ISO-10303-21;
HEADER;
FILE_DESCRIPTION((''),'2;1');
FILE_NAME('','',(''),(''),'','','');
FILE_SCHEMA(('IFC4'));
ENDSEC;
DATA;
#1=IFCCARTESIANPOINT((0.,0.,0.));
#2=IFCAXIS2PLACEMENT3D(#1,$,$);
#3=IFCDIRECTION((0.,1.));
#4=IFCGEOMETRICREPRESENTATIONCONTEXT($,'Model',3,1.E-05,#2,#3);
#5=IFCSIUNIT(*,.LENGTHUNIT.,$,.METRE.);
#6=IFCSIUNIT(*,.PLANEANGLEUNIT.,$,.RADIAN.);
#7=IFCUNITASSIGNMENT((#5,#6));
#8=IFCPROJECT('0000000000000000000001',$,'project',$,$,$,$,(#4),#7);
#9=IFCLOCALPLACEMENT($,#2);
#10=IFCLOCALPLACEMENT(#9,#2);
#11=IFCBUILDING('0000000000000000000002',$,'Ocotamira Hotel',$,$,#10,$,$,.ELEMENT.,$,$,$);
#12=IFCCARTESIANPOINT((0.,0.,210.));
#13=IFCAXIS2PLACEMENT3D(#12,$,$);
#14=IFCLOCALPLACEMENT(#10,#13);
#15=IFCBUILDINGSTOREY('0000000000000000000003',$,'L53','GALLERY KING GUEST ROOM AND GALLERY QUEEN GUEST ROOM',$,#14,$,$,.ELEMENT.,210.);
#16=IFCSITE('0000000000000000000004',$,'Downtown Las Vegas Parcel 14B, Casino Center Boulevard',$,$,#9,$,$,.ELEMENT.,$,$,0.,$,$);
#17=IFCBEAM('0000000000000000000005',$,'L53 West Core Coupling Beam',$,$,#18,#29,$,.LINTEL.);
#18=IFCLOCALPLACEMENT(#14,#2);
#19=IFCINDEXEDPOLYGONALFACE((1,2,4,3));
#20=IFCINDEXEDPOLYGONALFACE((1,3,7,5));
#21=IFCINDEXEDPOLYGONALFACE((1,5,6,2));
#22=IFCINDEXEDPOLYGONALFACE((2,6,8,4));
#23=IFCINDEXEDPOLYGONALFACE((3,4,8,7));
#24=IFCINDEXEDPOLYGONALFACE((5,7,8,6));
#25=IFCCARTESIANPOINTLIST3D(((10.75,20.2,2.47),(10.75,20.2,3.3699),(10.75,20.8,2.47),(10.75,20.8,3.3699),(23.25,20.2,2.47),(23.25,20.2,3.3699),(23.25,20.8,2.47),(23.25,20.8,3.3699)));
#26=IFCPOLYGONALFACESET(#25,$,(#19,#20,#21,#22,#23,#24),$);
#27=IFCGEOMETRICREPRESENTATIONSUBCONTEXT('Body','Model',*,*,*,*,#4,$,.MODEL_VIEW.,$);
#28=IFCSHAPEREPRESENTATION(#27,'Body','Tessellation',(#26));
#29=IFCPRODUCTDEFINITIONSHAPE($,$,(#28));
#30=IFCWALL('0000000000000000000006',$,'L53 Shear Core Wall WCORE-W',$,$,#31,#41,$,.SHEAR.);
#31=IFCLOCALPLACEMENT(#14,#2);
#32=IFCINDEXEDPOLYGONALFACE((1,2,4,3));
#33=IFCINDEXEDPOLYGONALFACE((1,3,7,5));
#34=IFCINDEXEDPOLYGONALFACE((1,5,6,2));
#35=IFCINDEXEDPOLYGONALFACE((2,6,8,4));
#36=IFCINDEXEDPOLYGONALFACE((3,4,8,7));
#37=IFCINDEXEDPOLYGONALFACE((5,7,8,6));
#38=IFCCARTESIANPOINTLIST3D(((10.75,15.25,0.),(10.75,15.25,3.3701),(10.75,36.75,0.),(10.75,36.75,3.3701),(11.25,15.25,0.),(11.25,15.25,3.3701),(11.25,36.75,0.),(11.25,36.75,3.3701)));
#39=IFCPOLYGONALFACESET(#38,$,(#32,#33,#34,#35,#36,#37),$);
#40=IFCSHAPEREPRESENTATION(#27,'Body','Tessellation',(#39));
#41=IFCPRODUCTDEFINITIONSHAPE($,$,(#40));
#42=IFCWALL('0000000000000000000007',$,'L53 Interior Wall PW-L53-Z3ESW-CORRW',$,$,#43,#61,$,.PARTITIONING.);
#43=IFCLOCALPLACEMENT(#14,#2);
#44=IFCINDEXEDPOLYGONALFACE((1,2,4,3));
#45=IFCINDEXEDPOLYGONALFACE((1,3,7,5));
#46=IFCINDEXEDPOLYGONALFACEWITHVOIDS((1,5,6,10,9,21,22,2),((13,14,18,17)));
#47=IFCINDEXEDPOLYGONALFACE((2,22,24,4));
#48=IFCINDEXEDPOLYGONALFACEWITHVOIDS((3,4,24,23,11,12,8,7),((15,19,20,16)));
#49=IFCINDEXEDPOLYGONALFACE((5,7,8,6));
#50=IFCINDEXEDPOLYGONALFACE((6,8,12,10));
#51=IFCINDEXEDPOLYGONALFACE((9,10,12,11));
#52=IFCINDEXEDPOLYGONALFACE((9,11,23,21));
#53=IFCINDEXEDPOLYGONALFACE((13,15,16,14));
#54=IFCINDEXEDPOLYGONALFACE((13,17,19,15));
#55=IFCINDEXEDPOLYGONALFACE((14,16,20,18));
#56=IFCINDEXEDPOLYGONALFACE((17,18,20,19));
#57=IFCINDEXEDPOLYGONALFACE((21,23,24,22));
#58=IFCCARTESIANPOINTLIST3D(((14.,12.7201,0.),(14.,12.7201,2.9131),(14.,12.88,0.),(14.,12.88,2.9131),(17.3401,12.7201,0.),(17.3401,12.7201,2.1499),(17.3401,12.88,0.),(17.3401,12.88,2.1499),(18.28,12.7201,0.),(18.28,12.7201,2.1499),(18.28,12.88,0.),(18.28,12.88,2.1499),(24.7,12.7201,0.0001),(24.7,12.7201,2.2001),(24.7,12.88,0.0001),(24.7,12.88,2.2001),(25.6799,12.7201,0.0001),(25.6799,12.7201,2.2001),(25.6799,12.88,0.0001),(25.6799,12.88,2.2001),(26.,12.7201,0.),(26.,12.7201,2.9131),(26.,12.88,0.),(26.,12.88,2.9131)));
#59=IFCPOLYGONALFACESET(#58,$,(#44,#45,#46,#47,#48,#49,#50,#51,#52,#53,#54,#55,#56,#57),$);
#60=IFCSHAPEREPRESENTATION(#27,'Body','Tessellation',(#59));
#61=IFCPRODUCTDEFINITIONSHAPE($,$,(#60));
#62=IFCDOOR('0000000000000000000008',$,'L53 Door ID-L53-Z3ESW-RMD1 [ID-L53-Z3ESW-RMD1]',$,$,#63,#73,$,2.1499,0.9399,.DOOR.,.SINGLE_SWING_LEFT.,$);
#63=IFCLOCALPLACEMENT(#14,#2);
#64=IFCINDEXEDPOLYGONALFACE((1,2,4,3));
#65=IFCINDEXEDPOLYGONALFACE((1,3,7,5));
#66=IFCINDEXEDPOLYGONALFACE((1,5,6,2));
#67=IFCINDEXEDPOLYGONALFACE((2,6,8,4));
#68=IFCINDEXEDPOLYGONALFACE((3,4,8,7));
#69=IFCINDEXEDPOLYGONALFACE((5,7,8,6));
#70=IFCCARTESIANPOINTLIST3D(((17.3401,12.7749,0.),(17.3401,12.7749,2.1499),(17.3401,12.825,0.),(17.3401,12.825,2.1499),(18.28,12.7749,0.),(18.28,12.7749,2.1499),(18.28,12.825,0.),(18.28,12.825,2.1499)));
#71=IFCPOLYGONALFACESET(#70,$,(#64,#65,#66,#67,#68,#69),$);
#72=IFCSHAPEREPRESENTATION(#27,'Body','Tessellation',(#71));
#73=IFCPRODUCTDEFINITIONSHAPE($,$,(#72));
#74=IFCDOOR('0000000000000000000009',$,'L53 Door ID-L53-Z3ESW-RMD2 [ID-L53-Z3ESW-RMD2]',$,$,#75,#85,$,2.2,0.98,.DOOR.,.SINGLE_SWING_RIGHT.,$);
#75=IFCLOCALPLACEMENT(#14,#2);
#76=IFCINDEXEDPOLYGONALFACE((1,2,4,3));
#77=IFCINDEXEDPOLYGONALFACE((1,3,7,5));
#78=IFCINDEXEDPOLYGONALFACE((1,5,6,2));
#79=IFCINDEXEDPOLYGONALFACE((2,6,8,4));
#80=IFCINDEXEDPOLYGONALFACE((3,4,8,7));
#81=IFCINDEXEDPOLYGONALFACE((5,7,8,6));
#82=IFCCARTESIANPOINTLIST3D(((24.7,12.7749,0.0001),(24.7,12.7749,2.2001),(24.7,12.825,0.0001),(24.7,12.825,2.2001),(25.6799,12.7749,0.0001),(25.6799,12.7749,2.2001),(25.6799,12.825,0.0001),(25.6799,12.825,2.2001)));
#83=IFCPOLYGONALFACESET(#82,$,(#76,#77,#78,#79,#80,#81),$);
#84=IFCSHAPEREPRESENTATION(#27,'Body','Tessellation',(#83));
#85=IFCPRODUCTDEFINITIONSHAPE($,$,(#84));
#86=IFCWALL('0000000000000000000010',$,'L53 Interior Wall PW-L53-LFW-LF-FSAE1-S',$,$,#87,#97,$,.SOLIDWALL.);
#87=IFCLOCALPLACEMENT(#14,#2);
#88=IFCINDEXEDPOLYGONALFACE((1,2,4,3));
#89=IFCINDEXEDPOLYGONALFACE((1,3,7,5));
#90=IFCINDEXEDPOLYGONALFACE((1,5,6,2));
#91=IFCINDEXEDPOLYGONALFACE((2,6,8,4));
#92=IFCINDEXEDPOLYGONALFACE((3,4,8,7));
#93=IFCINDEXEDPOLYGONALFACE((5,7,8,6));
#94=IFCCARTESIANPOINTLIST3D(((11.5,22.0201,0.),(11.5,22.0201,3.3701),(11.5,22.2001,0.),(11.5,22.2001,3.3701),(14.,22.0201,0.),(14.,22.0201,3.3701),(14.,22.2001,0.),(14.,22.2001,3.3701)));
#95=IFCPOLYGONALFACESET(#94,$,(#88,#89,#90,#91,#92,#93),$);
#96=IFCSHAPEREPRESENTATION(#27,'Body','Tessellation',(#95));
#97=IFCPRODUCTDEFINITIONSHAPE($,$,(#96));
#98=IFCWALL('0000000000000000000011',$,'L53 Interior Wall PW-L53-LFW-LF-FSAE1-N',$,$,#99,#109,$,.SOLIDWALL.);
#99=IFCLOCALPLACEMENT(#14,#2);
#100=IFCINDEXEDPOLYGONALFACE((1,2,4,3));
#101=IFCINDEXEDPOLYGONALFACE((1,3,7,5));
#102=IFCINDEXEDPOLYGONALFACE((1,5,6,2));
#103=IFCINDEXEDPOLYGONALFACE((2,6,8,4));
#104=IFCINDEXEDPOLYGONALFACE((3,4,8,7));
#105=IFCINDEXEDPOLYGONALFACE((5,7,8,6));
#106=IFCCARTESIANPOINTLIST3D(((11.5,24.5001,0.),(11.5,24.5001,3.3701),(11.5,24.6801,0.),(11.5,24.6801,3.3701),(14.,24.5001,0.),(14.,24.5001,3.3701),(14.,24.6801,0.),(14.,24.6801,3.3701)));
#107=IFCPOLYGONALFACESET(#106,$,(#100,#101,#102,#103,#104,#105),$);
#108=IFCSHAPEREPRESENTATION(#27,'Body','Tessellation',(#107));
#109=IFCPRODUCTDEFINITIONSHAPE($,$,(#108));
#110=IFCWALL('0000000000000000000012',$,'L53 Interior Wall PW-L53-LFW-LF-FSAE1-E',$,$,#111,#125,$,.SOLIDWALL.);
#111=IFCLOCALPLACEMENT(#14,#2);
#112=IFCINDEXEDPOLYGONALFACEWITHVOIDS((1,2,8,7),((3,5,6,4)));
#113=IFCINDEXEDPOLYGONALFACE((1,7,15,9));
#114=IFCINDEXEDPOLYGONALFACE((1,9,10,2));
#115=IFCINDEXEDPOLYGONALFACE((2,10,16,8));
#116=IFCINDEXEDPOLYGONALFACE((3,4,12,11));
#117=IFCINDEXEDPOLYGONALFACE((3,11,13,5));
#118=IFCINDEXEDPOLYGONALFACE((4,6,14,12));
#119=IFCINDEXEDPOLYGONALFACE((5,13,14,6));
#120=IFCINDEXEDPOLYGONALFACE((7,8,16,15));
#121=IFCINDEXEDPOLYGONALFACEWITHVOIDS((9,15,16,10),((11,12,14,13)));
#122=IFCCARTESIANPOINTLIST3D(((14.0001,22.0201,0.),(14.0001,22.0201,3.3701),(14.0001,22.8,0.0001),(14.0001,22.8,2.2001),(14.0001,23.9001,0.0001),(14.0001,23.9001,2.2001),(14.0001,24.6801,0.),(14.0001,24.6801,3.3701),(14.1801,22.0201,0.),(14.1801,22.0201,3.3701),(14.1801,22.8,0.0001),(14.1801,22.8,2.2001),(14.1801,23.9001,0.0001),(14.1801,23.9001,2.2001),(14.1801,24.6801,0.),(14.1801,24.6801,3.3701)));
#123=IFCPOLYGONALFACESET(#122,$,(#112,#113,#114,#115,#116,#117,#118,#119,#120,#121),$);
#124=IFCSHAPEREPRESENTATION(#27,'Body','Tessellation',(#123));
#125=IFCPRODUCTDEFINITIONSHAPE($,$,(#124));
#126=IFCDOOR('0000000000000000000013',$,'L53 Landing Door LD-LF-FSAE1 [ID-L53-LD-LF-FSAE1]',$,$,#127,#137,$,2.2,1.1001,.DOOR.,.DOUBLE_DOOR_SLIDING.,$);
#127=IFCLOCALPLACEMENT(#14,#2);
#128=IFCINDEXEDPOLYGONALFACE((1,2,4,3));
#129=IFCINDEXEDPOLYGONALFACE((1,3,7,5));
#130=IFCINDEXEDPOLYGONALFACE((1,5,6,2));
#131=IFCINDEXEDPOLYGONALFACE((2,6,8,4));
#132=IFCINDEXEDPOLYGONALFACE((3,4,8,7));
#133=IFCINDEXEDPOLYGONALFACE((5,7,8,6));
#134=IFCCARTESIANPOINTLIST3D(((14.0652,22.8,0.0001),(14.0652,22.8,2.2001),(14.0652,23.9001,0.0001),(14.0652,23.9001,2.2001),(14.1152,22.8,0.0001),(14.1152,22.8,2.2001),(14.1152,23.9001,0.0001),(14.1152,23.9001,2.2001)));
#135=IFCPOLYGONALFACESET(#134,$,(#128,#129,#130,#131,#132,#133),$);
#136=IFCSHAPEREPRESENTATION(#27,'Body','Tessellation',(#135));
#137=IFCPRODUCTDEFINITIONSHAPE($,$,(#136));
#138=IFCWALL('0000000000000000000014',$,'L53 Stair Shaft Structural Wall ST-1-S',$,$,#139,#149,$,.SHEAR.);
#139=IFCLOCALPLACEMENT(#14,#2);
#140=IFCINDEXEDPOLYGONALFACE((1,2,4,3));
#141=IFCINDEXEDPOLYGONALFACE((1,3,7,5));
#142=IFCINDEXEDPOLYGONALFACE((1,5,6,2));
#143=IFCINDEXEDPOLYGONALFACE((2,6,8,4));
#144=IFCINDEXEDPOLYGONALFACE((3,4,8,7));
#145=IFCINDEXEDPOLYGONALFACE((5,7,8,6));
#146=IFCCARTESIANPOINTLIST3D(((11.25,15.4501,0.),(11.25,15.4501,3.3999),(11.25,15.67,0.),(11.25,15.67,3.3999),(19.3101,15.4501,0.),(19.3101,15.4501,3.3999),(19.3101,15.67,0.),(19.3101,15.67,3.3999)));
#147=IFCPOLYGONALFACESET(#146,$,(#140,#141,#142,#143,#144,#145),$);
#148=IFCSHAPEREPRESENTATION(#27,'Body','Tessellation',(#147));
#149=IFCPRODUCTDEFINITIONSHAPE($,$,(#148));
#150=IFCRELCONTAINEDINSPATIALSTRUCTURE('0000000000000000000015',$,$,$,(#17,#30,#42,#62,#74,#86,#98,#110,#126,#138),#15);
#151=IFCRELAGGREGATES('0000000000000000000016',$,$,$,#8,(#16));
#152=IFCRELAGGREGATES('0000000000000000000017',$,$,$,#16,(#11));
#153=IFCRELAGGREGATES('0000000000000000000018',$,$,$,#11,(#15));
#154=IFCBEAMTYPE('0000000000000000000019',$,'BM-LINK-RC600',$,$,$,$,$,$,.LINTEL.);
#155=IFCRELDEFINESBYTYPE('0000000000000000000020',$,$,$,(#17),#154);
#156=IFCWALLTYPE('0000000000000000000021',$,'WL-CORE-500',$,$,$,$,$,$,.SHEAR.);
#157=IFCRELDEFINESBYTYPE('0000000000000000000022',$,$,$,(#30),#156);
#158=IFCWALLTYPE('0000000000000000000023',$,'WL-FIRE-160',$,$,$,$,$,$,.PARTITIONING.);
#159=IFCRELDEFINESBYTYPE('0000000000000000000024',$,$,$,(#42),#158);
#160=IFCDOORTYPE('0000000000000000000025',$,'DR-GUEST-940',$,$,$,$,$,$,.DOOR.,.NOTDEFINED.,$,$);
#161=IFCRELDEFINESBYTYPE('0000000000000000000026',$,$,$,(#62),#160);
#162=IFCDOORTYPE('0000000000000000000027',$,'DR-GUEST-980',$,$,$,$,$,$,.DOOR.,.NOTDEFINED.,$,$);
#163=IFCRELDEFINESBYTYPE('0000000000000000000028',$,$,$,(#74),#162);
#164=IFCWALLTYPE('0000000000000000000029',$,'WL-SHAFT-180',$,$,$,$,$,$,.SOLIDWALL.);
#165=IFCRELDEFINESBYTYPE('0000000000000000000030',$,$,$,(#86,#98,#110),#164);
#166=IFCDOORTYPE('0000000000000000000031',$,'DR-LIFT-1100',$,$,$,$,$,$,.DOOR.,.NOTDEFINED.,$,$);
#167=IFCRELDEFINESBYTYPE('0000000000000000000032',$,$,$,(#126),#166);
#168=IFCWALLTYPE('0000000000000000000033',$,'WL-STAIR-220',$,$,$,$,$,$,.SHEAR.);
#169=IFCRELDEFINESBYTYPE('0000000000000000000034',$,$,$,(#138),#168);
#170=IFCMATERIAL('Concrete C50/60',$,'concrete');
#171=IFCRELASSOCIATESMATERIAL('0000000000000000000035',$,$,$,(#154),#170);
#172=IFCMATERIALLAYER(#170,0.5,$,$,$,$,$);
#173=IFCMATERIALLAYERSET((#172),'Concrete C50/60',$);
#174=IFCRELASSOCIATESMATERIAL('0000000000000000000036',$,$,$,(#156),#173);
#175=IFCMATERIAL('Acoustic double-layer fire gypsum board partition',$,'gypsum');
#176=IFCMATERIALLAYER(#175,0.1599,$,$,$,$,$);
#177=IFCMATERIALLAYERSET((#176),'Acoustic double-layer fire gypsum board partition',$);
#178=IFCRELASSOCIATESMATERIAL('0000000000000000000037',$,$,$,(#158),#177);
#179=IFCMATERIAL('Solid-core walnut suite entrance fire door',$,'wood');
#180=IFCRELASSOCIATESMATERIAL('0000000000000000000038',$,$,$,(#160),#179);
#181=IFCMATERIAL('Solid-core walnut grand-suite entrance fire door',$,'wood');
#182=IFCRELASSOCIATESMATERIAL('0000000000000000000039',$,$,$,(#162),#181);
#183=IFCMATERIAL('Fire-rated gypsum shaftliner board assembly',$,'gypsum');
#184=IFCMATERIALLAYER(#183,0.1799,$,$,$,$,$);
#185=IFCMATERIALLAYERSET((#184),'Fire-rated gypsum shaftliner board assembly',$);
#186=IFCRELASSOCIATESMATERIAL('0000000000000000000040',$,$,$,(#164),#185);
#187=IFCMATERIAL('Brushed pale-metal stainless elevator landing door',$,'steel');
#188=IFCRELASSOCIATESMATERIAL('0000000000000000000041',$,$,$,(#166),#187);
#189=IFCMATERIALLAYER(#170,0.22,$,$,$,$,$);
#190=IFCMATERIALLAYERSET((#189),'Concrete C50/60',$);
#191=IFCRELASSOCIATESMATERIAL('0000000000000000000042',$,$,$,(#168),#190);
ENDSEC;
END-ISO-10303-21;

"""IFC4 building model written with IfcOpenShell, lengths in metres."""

from ifc_helpers import new_model, si_unit, direction, frame, frame_2d, origin, origin_2d, place, context, subcontext, project, spatial, rectangle, extrude, source, transform, mapped, material, layer, layer_set, material_profile, profile_set, type_object, element, fill, save


model = new_model("IFC4")

# Units and contexts
model_context = context("Model", 3, precision=1e-05, world=origin(), true_north=direction((0.0, 1.0)))
body_context = subcontext(model_context, "Body", "Model", "MODEL_VIEW")
ifc_project = project(units=[si_unit("LENGTHUNIT", "METRE"), si_unit("PLANEANGLEUNIT", "RADIAN")], contexts=[model_context])

# Site, building, storey
site_placement = place(None, origin())
site = spatial("IfcSite", under=ifc_project, at=site_placement, Name="Downtown Las Vegas Parcel 14B, Casino Center Boulevard", CompositionType="ELEMENT", RefElevation=0.0)
building_placement = place(site_placement, origin())
building = spatial("IfcBuilding", under=site, at=building_placement, Name="Ocotamira Hotel", CompositionType="ELEMENT")
storey_placement = place(building_placement, frame((0.0, 0.0, 210.0)))
storey = spatial("IfcBuildingStorey", under=building, at=storey_placement, Name="L53", Description="GALLERY KING GUEST ROOM AND GALLERY QUEEN GUEST ROOM", CompositionType="ELEMENT", Elevation=210.0)

# Beam
ifc_material_1 = material(Name="Concrete C50/60", Category="concrete")
ifc_material_profile = material_profile(ifc_material_1, rectangle(XDim=0.6001, YDim=0.8999, at=origin_2d()), Name="RC600X900")
ifc_profile_set = profile_set([ifc_material_profile], Name="Concrete C50/60")
beam_type = type_object("IfcBeamType", Name="BM-LINK-RC600", PredefinedType="LINTEL", material=ifc_profile_set)
shared_shape_1 = source(origin(), body_context, "Body", "SweptSolid", [
    extrude(rectangle(XDim=0.6001, YDim=0.8999, at=origin_2d()), origin(), (0.0, 0.0, 1.0), 12.5),
])
beam_placement = place(storey_placement, frame((10.75, 20.5, 2.9199), z_axis=(1.0, 0.0, 0.0), x_axis=(0.0, 1.0, 0.0)))
element("IfcBeam", 1, at=beam_placement, inside=storey, type_object=beam_type, Name="L53 West Core Coupling Beam", PredefinedType="LINTEL", context=body_context, shape_type="MappedRepresentation", body=[
    mapped(shared_shape_1, transform((0.0, 0.0, 0.0), scale=1.0)),
])

# Wall
ifc_layer_1 = layer(ifc_material_1, 0.5)
ifc_layer_set_1 = layer_set([ifc_layer_1], Name="Concrete C50/60")
wall_type_1 = type_object("IfcWallType", Name="WL-CORE-500", PredefinedType="SHEAR", material=ifc_layer_set_1)
wall_1_placement = place(storey_placement, frame((11.0, 15.25, 0.0), z_axis=(0.0, 0.0, 1.0), x_axis=(0.0, 1.0, 0.0)))
element("IfcWall", 2, at=wall_1_placement, inside=storey, type_object=wall_type_1, Name="L53 Shear Core Wall WCORE-W", PredefinedType="SHEAR", context=body_context, shape_type="SweptSolid", body=[
    extrude(rectangle(XDim=21.5, YDim=0.5, at=frame_2d((10.75, 0.0))), origin(), (0.0, 0.0, 1.0), 3.3701),
])

# Shared definitions
ifc_material_2 = material(Name="Acoustic double-layer fire gypsum board partition", Category="gypsum")
ifc_layer_2 = layer(ifc_material_2, 0.1599)
ifc_layer_set_2 = layer_set([ifc_layer_2], Name="Acoustic double-layer fire gypsum board partition")
wall_type_2 = type_object("IfcWallType", Name="WL-FIRE-160", PredefinedType="PARTITIONING", material=ifc_layer_set_2)

# Wall, openings, doors
wall_2_placement = place(storey_placement, frame((14.0, 12.8, 0.0), z_axis=(0.0, 0.0, 1.0), x_axis=(1.0, 0.0, 0.0)))
wall_2 = element("IfcWall", 3, at=wall_2_placement, inside=storey, type_object=wall_type_2, Name="L53 Interior Wall PW-L53-Z3ESW-CORRW", PredefinedType="PARTITIONING", context=body_context, shape_type="SweptSolid", body=[
    extrude(rectangle(XDim=12.0, YDim=0.1599, at=frame_2d((6.0, 0.0))), origin(), (0.0, 0.0, 1.0), 2.9131),
])
opening_1_placement = place(wall_2_placement, frame((3.3401, 0.0, 0.0)))
opening_1 = element("IfcOpeningElement", 4, at=opening_1_placement, cuts=wall_2, PredefinedType="OPENING", context=body_context, shape_type="SweptSolid", body=[
    extrude(rectangle(XDim=0.9399, YDim=2.1499, at=frame_2d((0.47, 1.075))), frame((0.0, 0.0898, 0.0), z_axis=(0.0, -1.0, 0.0), x_axis=(1.0, 0.0, 0.0)), (0.0, 0.0, 1.0), 0.1799),
])
opening_2_placement = place(wall_2_placement, frame((10.7, 0.0, 0.0)))
opening_2 = element("IfcOpeningElement", 5, at=opening_2_placement, cuts=wall_2, PredefinedType="OPENING", context=body_context, shape_type="SweptSolid", body=[
    extrude(rectangle(XDim=0.98, YDim=2.2, at=frame_2d((0.49, 1.1001))), frame((0.0, 0.0898, 0.0), z_axis=(0.0, -1.0, 0.0), x_axis=(1.0, 0.0, 0.0)), (0.0, 0.0, 1.0), 0.1799),
])
ifc_material_3 = material(Name="Solid-core walnut suite entrance fire door", Category="wood")
door_type_1 = type_object("IfcDoorType", Name="DR-GUEST-940", OperationType="NOTDEFINED", PredefinedType="DOOR", material=ifc_material_3)
shared_shape_2 = source(origin(), body_context, "Body", "SweptSolid", [
    extrude(rectangle(XDim=0.9399, YDim=2.1499, at=frame_2d((0.47, 1.075))), frame((0.0, 0.0249, 0.0), z_axis=(0.0, -1.0, 0.0), x_axis=(1.0, 0.0, 0.0)), (0.0, 0.0, 1.0), 0.05),
])
door_1_placement = place(opening_1_placement, origin())
door_1 = element("IfcDoor", 6, at=door_1_placement, inside=storey, type_object=door_type_1, Name="L53 Door ID-L53-Z3ESW-RMD1 [ID-L53-Z3ESW-RMD1]", OperationType="SINGLE_SWING_LEFT", OverallHeight=2.1499, OverallWidth=0.9399, PredefinedType="DOOR", context=body_context, shape_type="MappedRepresentation", body=[
    mapped(shared_shape_2, transform((0.0, 0.0, 0.0), scale=1.0)),
])
fill(opening_1, door_1)
ifc_material_4 = material(Name="Solid-core walnut grand-suite entrance fire door", Category="wood")
door_type_2 = type_object("IfcDoorType", Name="DR-GUEST-980", OperationType="NOTDEFINED", PredefinedType="DOOR", material=ifc_material_4)
shared_shape_3 = source(origin(), body_context, "Body", "SweptSolid", [
    extrude(rectangle(XDim=0.98, YDim=2.2, at=frame_2d((0.49, 1.1001))), frame((0.0, 0.0249, 0.0), z_axis=(0.0, -1.0, 0.0), x_axis=(1.0, 0.0, 0.0)), (0.0, 0.0, 1.0), 0.05),
])
door_2_placement = place(opening_2_placement, origin())
door_2 = element("IfcDoor", 7, at=door_2_placement, inside=storey, type_object=door_type_2, Name="L53 Door ID-L53-Z3ESW-RMD2 [ID-L53-Z3ESW-RMD2]", OperationType="SINGLE_SWING_RIGHT", OverallHeight=2.2, OverallWidth=0.98, PredefinedType="DOOR", context=body_context, shape_type="MappedRepresentation", body=[
    mapped(shared_shape_3, transform((0.0, 0.0, 0.0), scale=1.0)),
])
fill(opening_2, door_2)

# Walls
ifc_material_5 = material(Name="Fire-rated gypsum shaftliner board assembly", Category="gypsum")
ifc_layer_3 = layer(ifc_material_5, 0.1799)
ifc_layer_set_3 = layer_set([ifc_layer_3], Name="Fire-rated gypsum shaftliner board assembly")
wall_type_3 = type_object("IfcWallType", Name="WL-SHAFT-180", PredefinedType="SOLIDWALL", material=ifc_layer_set_3)
for number, where, z_axis, x_axis, name in (
    (8, (11.5, 22.1101, 0.0), (0.0, 0.0, 1.0), (1.0, 0.0, 0.0), "L53 Interior Wall PW-L53-LFW-LF-FSAE1-S"),
    (9, (11.5, 24.5901, 0.0), (0.0, 0.0, 1.0), (1.0, 0.0, 0.0), "L53 Interior Wall PW-L53-LFW-LF-FSAE1-N"),
):
    element("IfcWall", number, at=place(storey_placement, frame(where, z_axis=z_axis, x_axis=x_axis)), inside=storey, type_object=wall_type_3, Name=name, PredefinedType="SOLIDWALL", context=body_context, shape_type="SweptSolid", body=[
        extrude(rectangle(XDim=2.5, YDim=0.1799, at=frame_2d((1.25, 0.0))), origin(), (0.0, 0.0, 1.0), 3.3701),
    ])

# Wall, opening, door
wall_3_placement = place(storey_placement, frame((14.0901, 22.02, 0.0), z_axis=(0.0, 0.0, 1.0), x_axis=(0.0, 1.0, 0.0)))
wall_3 = element("IfcWall", 10, at=wall_3_placement, inside=storey, type_object=wall_type_3, Name="L53 Interior Wall PW-L53-LFW-LF-FSAE1-E", PredefinedType="SOLIDWALL", context=body_context, shape_type="SweptSolid", body=[
    extrude(rectangle(XDim=2.6599, YDim=0.1799, at=frame_2d((1.3301, 0.0))), origin(), (0.0, 0.0, 1.0), 3.3701),
])
opening_3_placement = place(wall_3_placement, frame((0.78, 0.0, 0.0)))
opening_3 = element("IfcOpeningElement", 11, at=opening_3_placement, cuts=wall_3, PredefinedType="OPENING", context=body_context, shape_type="SweptSolid", body=[
    extrude(rectangle(XDim=1.1001, YDim=2.2, at=frame_2d((0.55, 1.1001))), frame((0.0, 0.1001, 0.0), z_axis=(0.0, -1.0, 0.0), x_axis=(1.0, 0.0, 0.0)), (0.0, 0.0, 1.0), 0.2),
])
ifc_material_6 = material(Name="Brushed pale-metal stainless elevator landing door", Category="steel")
door_type_3 = type_object("IfcDoorType", Name="DR-LIFT-1100", OperationType="NOTDEFINED", PredefinedType="DOOR", material=ifc_material_6)
shared_shape_4 = source(origin(), body_context, "Body", "SweptSolid", [
    extrude(rectangle(XDim=1.1001, YDim=2.2, at=frame_2d((0.55, 1.1001))), frame((0.0, 0.0249, 0.0), z_axis=(0.0, -1.0, 0.0), x_axis=(1.0, 0.0, 0.0)), (0.0, 0.0, 1.0), 0.05),
])
door_3_placement = place(opening_3_placement, origin())
door_3 = element("IfcDoor", 12, at=door_3_placement, inside=storey, type_object=door_type_3, Name="L53 Landing Door LD-LF-FSAE1 [ID-L53-LD-LF-FSAE1]", OperationType="DOUBLE_DOOR_SLIDING", OverallHeight=2.2, OverallWidth=1.1001, PredefinedType="DOOR", context=body_context, shape_type="MappedRepresentation", body=[
    mapped(shared_shape_4, transform((0.0, 0.0, 0.0), scale=1.0)),
])
fill(opening_3, door_3)

# Wall
ifc_layer_4 = layer(ifc_material_1, 0.22)
ifc_layer_set_4 = layer_set([ifc_layer_4], Name="Concrete C50/60")
wall_type_4 = type_object("IfcWallType", Name="WL-STAIR-220", PredefinedType="SHEAR", material=ifc_layer_set_4)
wall_4_placement = place(storey_placement, frame((11.25, 15.5601, 0.0), z_axis=(0.0, 0.0, 1.0), x_axis=(1.0, 0.0, 0.0)))
element("IfcWall", 13, at=wall_4_placement, inside=storey, type_object=wall_type_4, Name="L53 Stair Shaft Structural Wall ST-1-S", PredefinedType="SHEAR", context=body_context, shape_type="SweptSolid", body=[
    extrude(rectangle(XDim=8.0601, YDim=0.22, at=frame_2d((4.03, 0.0))), origin(), (0.0, 0.0, 1.0), 3.3999),
])

save(model, "model.ifc")
